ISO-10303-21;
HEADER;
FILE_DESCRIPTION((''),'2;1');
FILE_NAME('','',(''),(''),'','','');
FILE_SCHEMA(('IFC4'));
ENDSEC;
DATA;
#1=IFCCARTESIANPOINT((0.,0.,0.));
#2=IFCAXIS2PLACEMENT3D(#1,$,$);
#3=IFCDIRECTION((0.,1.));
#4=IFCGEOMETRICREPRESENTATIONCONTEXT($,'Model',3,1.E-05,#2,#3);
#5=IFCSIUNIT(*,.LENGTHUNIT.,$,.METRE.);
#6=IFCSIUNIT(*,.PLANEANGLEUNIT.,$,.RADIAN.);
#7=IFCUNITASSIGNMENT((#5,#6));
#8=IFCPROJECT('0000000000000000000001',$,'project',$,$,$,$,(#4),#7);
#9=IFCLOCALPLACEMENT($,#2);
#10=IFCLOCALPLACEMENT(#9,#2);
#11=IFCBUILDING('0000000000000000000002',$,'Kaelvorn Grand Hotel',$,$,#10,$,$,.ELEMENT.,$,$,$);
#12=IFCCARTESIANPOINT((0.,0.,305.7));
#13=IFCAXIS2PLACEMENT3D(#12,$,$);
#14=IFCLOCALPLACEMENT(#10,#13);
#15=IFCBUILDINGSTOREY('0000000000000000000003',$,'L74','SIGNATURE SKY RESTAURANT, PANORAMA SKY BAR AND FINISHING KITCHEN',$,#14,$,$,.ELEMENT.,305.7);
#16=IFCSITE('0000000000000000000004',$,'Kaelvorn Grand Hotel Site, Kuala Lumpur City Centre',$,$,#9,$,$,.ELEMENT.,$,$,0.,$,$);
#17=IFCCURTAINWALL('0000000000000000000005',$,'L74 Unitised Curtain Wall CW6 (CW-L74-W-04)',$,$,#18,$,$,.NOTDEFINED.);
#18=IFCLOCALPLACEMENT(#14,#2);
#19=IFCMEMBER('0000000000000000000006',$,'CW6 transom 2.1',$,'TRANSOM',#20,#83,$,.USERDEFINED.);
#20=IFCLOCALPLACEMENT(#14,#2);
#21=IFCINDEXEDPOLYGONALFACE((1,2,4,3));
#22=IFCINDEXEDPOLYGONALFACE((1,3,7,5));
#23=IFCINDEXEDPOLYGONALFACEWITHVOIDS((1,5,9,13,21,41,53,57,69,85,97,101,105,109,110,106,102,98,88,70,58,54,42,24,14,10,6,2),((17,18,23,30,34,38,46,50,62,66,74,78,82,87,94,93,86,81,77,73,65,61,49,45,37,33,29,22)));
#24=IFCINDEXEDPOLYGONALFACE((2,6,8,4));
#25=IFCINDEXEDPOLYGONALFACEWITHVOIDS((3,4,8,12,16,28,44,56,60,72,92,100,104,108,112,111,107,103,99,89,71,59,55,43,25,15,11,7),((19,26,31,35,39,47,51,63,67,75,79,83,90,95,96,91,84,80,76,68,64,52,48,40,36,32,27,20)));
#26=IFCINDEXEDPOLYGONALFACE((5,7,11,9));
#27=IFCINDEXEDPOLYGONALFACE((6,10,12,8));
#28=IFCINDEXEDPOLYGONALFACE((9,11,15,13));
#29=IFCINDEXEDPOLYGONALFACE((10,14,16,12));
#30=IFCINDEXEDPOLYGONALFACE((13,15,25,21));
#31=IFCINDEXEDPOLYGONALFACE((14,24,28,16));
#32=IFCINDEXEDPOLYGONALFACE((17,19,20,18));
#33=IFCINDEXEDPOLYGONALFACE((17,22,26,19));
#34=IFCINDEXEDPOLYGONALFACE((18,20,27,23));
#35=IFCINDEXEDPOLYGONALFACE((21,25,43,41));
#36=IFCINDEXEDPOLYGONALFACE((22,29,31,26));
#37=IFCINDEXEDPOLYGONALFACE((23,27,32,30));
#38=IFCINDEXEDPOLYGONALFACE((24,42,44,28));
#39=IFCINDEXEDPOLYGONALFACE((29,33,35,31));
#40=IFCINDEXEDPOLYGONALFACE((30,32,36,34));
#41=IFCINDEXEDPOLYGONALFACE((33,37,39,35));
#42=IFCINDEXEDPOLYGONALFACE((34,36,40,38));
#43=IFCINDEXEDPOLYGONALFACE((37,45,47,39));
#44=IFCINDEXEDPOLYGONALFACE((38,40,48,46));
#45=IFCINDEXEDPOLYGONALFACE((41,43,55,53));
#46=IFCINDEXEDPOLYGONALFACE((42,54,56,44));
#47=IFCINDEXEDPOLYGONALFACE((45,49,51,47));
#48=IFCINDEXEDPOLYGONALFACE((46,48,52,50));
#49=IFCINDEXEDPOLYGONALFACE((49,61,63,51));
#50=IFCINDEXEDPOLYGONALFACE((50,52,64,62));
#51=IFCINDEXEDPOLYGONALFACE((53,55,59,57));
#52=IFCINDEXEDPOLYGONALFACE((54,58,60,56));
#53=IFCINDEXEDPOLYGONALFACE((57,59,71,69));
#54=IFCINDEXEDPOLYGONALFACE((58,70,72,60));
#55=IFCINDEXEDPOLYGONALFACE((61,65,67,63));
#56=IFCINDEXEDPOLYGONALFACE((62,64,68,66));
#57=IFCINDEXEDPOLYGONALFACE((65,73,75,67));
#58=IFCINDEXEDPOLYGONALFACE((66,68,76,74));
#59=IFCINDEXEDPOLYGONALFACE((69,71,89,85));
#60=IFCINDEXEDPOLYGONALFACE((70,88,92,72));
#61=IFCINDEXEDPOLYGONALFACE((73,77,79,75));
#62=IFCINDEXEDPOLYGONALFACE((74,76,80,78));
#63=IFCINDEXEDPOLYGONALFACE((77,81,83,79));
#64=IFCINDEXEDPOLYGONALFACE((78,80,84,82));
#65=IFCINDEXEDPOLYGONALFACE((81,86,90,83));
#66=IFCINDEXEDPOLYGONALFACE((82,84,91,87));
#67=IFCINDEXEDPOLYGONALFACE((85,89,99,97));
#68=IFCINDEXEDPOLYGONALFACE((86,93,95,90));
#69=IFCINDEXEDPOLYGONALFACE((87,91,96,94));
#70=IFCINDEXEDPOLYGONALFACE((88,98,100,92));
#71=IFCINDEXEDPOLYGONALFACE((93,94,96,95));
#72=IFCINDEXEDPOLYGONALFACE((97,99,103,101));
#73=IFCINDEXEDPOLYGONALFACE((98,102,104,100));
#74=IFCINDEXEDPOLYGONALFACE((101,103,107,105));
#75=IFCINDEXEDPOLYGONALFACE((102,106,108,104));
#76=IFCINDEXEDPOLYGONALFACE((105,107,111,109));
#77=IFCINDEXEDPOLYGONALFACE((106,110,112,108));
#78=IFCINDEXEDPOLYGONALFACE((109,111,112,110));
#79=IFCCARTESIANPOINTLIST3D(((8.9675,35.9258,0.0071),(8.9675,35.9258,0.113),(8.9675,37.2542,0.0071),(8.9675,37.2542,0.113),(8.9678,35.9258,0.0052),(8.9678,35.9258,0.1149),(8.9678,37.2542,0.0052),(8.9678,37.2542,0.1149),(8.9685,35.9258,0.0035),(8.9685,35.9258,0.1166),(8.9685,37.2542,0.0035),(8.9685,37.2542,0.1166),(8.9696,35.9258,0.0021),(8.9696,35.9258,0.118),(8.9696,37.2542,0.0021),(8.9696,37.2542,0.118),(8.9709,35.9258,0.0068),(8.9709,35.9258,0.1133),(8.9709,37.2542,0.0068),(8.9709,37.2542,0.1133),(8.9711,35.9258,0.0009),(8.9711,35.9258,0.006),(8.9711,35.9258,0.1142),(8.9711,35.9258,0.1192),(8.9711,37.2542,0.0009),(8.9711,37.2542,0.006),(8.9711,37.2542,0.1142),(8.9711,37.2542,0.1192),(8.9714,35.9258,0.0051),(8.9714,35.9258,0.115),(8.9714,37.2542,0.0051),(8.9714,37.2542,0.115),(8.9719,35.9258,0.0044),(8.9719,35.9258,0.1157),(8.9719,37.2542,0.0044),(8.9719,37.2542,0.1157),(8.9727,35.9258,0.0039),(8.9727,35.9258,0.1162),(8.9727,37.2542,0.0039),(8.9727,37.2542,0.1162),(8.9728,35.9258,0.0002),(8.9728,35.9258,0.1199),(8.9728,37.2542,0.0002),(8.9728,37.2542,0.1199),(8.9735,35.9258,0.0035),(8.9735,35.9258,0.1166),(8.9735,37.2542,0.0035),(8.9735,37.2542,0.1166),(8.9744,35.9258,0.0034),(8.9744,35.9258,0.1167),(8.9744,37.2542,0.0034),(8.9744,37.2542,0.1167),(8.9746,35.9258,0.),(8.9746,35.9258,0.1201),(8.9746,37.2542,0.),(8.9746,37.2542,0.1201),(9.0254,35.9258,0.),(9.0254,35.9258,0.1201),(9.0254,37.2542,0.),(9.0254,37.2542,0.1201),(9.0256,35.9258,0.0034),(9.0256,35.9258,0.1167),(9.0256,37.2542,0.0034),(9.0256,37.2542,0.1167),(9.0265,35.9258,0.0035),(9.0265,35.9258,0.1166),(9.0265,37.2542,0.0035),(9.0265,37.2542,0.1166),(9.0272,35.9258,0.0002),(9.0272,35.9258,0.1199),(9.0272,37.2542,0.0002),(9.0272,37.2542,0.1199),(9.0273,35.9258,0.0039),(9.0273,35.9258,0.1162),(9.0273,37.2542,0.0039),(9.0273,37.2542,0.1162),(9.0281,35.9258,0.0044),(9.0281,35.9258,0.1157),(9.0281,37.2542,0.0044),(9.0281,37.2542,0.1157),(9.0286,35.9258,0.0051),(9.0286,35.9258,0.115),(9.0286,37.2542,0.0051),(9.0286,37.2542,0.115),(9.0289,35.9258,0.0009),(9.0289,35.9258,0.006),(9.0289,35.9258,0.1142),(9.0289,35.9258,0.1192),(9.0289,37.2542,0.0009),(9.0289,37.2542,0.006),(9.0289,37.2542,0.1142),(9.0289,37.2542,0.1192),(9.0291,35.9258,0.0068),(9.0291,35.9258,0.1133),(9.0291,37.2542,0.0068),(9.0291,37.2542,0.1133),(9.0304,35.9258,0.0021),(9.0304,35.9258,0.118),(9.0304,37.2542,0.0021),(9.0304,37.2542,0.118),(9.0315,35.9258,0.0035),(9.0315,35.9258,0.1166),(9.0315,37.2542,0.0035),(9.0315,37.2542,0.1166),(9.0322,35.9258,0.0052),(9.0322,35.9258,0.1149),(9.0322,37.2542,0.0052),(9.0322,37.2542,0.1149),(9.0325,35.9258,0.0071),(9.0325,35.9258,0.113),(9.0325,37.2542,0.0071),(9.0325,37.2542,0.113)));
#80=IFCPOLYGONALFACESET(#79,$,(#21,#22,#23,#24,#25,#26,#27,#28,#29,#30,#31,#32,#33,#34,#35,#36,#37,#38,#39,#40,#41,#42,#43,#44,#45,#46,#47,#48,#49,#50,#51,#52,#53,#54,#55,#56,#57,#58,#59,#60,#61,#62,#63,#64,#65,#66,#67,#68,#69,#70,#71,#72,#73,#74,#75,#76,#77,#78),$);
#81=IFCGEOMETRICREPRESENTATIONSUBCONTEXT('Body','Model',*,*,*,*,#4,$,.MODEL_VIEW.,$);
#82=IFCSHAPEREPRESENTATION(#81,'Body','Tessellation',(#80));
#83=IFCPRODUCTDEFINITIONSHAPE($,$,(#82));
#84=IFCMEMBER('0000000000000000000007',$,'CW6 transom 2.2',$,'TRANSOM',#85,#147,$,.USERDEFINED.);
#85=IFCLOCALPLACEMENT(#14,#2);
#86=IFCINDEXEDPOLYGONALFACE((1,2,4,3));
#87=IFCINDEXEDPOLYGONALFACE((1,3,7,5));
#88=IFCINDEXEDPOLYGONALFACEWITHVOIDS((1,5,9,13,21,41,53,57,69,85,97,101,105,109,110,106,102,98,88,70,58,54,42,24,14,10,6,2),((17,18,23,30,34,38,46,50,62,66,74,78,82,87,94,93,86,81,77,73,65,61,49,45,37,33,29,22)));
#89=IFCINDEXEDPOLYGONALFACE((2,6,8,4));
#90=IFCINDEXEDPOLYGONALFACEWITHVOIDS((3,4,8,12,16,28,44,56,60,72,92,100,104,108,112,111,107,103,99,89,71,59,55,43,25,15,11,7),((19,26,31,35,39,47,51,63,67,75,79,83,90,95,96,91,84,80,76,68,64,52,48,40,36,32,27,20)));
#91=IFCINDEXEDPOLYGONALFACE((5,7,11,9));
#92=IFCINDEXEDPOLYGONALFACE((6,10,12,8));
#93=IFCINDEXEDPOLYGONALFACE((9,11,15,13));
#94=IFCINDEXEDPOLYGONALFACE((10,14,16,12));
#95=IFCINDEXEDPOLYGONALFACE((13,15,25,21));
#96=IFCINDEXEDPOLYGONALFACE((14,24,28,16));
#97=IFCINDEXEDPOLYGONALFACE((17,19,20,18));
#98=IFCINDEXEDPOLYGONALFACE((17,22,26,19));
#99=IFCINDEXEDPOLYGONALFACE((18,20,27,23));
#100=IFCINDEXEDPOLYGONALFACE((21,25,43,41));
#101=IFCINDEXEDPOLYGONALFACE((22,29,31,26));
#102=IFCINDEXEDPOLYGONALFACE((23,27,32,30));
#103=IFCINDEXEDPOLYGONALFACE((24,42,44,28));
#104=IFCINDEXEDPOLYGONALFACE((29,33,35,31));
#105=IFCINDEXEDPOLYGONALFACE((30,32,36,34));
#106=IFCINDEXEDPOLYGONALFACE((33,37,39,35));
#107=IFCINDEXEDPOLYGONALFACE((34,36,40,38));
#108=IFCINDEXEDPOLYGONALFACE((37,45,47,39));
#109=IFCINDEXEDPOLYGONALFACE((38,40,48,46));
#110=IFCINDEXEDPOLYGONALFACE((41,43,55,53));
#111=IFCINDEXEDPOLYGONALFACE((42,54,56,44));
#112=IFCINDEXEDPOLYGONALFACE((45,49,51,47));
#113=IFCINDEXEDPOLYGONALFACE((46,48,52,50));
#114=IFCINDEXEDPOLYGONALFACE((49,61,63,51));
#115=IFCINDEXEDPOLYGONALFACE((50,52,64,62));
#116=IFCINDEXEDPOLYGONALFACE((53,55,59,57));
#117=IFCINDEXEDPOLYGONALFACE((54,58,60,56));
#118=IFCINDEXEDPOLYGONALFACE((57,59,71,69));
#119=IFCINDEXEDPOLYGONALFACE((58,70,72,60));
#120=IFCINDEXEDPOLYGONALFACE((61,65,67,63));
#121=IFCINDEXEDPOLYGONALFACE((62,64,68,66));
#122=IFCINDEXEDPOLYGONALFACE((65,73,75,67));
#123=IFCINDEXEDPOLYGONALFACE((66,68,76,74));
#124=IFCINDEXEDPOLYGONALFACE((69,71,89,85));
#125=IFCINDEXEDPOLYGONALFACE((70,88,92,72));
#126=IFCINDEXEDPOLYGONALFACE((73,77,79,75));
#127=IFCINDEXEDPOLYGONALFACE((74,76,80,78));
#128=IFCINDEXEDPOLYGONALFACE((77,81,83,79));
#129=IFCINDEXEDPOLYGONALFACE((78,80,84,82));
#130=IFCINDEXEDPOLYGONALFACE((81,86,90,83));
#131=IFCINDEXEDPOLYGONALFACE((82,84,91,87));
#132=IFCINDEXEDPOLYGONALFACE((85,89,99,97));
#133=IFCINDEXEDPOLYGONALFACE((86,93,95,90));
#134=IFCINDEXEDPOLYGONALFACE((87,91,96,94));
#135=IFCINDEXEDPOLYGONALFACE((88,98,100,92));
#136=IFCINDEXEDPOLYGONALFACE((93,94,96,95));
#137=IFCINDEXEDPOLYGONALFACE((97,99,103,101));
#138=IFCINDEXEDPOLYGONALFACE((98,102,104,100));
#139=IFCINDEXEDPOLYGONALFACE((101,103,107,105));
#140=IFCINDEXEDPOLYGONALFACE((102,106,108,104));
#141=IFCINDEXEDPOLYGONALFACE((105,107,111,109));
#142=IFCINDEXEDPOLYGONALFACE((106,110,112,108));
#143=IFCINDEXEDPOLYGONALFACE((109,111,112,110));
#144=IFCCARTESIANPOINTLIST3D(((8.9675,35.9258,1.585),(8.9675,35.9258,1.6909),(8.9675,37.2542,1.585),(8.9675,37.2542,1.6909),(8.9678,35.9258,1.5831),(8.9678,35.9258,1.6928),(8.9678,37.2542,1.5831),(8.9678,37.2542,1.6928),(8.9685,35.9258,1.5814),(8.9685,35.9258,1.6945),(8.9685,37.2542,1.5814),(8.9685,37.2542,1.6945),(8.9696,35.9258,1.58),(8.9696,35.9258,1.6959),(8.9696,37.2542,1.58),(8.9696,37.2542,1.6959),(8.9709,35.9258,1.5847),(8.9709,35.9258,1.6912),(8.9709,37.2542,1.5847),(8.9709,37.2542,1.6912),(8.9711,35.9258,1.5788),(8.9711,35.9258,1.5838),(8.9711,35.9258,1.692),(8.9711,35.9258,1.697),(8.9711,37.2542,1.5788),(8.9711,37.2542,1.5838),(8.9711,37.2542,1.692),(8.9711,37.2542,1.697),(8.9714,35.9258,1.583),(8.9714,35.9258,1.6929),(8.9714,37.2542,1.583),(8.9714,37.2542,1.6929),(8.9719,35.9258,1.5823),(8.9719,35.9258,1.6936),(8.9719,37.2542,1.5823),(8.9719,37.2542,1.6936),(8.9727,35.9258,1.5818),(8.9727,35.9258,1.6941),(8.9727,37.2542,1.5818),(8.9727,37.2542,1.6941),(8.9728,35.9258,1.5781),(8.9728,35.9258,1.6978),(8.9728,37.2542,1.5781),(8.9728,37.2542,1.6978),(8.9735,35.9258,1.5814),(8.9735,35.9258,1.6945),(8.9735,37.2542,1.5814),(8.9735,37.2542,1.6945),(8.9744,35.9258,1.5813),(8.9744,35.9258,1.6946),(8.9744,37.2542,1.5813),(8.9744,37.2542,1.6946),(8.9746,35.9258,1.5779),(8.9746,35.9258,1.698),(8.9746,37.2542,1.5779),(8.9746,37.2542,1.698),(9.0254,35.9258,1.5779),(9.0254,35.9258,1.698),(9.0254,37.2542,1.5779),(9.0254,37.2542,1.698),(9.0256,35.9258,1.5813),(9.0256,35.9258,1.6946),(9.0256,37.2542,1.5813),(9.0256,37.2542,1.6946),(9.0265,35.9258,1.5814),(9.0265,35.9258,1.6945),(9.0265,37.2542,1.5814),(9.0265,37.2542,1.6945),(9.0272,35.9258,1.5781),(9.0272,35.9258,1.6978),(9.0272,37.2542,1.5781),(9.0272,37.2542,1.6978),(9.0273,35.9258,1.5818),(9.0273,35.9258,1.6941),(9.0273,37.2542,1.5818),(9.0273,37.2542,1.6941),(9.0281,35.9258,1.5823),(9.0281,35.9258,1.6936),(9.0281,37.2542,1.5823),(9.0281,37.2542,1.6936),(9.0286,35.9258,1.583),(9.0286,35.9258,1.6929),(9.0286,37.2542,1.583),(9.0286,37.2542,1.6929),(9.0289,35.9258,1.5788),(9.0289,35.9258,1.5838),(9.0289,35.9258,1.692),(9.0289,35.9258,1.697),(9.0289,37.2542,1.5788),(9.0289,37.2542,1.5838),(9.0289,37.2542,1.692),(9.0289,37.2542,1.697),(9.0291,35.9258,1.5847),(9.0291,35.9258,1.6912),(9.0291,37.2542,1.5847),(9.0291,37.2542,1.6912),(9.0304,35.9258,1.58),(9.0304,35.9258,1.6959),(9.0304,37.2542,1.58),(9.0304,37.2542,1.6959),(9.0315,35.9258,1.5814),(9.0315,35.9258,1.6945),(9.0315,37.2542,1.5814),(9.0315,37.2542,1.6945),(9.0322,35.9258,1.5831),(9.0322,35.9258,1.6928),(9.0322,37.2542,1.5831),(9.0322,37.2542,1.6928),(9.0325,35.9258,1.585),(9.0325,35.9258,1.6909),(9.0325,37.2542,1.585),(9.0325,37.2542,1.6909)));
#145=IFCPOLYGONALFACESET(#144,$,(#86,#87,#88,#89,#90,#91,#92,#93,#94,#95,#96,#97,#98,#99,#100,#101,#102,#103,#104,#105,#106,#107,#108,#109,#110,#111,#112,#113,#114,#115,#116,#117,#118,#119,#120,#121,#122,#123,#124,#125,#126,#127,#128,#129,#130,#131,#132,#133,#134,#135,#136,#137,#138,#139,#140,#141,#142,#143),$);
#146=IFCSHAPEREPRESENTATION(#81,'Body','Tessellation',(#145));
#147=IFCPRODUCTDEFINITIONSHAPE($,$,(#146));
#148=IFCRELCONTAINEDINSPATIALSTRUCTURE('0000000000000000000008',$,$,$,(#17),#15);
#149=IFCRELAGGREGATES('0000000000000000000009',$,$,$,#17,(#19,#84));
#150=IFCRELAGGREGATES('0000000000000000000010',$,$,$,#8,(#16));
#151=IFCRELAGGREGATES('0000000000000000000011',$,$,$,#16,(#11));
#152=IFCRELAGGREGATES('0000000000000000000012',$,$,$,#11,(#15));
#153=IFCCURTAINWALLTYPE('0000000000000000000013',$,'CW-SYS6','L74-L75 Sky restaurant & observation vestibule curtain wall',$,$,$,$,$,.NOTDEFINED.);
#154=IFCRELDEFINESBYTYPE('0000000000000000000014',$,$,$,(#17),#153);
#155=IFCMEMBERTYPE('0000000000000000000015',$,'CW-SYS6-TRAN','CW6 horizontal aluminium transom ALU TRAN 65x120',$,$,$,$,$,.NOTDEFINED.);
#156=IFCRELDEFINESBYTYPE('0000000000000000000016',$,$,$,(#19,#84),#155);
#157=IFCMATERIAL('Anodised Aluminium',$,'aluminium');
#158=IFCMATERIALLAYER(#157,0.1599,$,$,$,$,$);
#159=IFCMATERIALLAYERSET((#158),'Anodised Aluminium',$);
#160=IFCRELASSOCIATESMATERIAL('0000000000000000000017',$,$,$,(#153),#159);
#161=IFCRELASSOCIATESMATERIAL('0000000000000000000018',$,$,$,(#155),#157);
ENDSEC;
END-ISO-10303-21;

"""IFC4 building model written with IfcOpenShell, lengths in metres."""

from ifc_helpers import new_model, si_unit, direction, frame, origin, origin_2d, place, context, subcontext, project, spatial, hollow_rectangle, extrude, material, layer, layer_set, material_profile, profile_set, type_object, element, aggregate, save


model = new_model("IFC4")

# Units and contexts
model_context = context("Model", 3, precision=1e-05, world=origin(), true_north=direction((0.0, 1.0)))
body_context = subcontext(model_context, "Body", "Model", "MODEL_VIEW")
ifc_project = project(units=[si_unit("LENGTHUNIT", "METRE"), si_unit("PLANEANGLEUNIT", "RADIAN")], contexts=[model_context])

# Site, building, storey
site_placement = place(None, origin())
site = spatial("IfcSite", under=ifc_project, at=site_placement, Name="Kaelvorn Grand Hotel Site, Kuala Lumpur City Centre", CompositionType="ELEMENT", RefElevation=0.0)
building_placement = place(site_placement, origin())
building = spatial("IfcBuilding", under=site, at=building_placement, Name="Kaelvorn Grand Hotel", CompositionType="ELEMENT")
storey_placement = place(building_placement, frame((0.0, 0.0, 305.7)))
storey = spatial("IfcBuildingStorey", under=building, at=storey_placement, Name="L74", Description="SIGNATURE SKY RESTAURANT, PANORAMA SKY BAR AND FINISHING KITCHEN", CompositionType="ELEMENT", Elevation=305.7)

# Shared definitions
ifc_material_1 = material(Name="Anodised Aluminium", Category="aluminium")
ifc_layer_1 = layer(ifc_material_1, 0.1599)
ifc_layer_set_1 = layer_set([ifc_layer_1], Name="Anodised Aluminium")
curtain_wall_type = type_object("IfcCurtainWallType", Name="CW-SYS6", Description="L74-L75 Sky restaurant & observation vestibule curtain wall", PredefinedType="NOTDEFINED", material=ifc_layer_set_1)

# Curtain wall, members
curtain_wall_1_placement = place(storey_placement, origin())
curtain_wall_1 = element("IfcCurtainWall", 1, at=curtain_wall_1_placement, inside=storey, type_object=curtain_wall_type, Name="L74 Unitised Curtain Wall CW6 (CW-L74-W-04)", PredefinedType="NOTDEFINED")
ifc_material_profile_1 = material_profile(ifc_material_1, hollow_rectangle(XDim=0.0649, YDim=0.1201, WallThickness=0.0034, InnerFilletRadius=0.0034, OuterFilletRadius=0.0071, at=origin_2d()), Name="ALU TRAN 65x120")
ifc_profile_set_1 = profile_set([ifc_material_profile_1], Name="Anodised Aluminium")
member_type_1 = type_object("IfcMemberType", Name="CW-SYS6-TRAN", Description="CW6 horizontal aluminium transom ALU TRAN 65x120", PredefinedType="NOTDEFINED", material=ifc_profile_set_1)
member_1_placement = place(storey_placement, frame((9.0, 37.2542, 0.0601), z_axis=(0.0, -1.0, 0.0), x_axis=(1.0, 0.0, 0.0)))
member_1 = element("IfcMember", 2, at=member_1_placement, type_object=member_type_1, Name="CW6 transom 2.1", ObjectType="TRANSOM", PredefinedType="USERDEFINED", context=body_context, shape_type="SweptSolid", body=[
    extrude(hollow_rectangle(XDim=0.0649, YDim=0.1201, WallThickness=0.0034, InnerFilletRadius=0.0034, OuterFilletRadius=0.0071, at=origin_2d()), origin(), (0.0, 0.0, 1.0), 1.3284),
])
member_2_placement = place(storey_placement, frame((9.0, 37.2542, 1.6379), z_axis=(0.0, -1.0, 0.0), x_axis=(1.0, 0.0, 0.0)))
member_2 = element("IfcMember", 3, at=member_2_placement, type_object=member_type_1, Name="CW6 transom 2.2", ObjectType="TRANSOM", PredefinedType="USERDEFINED", context=body_context, shape_type="SweptSolid", body=[
    extrude(hollow_rectangle(XDim=0.0649, YDim=0.1201, WallThickness=0.0034, InnerFilletRadius=0.0034, OuterFilletRadius=0.0071, at=origin_2d()), origin(), (0.0, 0.0, 1.0), 1.3284),
])

aggregate(curtain_wall_1, [member_1, member_2])

save(model, "model.ifc")
